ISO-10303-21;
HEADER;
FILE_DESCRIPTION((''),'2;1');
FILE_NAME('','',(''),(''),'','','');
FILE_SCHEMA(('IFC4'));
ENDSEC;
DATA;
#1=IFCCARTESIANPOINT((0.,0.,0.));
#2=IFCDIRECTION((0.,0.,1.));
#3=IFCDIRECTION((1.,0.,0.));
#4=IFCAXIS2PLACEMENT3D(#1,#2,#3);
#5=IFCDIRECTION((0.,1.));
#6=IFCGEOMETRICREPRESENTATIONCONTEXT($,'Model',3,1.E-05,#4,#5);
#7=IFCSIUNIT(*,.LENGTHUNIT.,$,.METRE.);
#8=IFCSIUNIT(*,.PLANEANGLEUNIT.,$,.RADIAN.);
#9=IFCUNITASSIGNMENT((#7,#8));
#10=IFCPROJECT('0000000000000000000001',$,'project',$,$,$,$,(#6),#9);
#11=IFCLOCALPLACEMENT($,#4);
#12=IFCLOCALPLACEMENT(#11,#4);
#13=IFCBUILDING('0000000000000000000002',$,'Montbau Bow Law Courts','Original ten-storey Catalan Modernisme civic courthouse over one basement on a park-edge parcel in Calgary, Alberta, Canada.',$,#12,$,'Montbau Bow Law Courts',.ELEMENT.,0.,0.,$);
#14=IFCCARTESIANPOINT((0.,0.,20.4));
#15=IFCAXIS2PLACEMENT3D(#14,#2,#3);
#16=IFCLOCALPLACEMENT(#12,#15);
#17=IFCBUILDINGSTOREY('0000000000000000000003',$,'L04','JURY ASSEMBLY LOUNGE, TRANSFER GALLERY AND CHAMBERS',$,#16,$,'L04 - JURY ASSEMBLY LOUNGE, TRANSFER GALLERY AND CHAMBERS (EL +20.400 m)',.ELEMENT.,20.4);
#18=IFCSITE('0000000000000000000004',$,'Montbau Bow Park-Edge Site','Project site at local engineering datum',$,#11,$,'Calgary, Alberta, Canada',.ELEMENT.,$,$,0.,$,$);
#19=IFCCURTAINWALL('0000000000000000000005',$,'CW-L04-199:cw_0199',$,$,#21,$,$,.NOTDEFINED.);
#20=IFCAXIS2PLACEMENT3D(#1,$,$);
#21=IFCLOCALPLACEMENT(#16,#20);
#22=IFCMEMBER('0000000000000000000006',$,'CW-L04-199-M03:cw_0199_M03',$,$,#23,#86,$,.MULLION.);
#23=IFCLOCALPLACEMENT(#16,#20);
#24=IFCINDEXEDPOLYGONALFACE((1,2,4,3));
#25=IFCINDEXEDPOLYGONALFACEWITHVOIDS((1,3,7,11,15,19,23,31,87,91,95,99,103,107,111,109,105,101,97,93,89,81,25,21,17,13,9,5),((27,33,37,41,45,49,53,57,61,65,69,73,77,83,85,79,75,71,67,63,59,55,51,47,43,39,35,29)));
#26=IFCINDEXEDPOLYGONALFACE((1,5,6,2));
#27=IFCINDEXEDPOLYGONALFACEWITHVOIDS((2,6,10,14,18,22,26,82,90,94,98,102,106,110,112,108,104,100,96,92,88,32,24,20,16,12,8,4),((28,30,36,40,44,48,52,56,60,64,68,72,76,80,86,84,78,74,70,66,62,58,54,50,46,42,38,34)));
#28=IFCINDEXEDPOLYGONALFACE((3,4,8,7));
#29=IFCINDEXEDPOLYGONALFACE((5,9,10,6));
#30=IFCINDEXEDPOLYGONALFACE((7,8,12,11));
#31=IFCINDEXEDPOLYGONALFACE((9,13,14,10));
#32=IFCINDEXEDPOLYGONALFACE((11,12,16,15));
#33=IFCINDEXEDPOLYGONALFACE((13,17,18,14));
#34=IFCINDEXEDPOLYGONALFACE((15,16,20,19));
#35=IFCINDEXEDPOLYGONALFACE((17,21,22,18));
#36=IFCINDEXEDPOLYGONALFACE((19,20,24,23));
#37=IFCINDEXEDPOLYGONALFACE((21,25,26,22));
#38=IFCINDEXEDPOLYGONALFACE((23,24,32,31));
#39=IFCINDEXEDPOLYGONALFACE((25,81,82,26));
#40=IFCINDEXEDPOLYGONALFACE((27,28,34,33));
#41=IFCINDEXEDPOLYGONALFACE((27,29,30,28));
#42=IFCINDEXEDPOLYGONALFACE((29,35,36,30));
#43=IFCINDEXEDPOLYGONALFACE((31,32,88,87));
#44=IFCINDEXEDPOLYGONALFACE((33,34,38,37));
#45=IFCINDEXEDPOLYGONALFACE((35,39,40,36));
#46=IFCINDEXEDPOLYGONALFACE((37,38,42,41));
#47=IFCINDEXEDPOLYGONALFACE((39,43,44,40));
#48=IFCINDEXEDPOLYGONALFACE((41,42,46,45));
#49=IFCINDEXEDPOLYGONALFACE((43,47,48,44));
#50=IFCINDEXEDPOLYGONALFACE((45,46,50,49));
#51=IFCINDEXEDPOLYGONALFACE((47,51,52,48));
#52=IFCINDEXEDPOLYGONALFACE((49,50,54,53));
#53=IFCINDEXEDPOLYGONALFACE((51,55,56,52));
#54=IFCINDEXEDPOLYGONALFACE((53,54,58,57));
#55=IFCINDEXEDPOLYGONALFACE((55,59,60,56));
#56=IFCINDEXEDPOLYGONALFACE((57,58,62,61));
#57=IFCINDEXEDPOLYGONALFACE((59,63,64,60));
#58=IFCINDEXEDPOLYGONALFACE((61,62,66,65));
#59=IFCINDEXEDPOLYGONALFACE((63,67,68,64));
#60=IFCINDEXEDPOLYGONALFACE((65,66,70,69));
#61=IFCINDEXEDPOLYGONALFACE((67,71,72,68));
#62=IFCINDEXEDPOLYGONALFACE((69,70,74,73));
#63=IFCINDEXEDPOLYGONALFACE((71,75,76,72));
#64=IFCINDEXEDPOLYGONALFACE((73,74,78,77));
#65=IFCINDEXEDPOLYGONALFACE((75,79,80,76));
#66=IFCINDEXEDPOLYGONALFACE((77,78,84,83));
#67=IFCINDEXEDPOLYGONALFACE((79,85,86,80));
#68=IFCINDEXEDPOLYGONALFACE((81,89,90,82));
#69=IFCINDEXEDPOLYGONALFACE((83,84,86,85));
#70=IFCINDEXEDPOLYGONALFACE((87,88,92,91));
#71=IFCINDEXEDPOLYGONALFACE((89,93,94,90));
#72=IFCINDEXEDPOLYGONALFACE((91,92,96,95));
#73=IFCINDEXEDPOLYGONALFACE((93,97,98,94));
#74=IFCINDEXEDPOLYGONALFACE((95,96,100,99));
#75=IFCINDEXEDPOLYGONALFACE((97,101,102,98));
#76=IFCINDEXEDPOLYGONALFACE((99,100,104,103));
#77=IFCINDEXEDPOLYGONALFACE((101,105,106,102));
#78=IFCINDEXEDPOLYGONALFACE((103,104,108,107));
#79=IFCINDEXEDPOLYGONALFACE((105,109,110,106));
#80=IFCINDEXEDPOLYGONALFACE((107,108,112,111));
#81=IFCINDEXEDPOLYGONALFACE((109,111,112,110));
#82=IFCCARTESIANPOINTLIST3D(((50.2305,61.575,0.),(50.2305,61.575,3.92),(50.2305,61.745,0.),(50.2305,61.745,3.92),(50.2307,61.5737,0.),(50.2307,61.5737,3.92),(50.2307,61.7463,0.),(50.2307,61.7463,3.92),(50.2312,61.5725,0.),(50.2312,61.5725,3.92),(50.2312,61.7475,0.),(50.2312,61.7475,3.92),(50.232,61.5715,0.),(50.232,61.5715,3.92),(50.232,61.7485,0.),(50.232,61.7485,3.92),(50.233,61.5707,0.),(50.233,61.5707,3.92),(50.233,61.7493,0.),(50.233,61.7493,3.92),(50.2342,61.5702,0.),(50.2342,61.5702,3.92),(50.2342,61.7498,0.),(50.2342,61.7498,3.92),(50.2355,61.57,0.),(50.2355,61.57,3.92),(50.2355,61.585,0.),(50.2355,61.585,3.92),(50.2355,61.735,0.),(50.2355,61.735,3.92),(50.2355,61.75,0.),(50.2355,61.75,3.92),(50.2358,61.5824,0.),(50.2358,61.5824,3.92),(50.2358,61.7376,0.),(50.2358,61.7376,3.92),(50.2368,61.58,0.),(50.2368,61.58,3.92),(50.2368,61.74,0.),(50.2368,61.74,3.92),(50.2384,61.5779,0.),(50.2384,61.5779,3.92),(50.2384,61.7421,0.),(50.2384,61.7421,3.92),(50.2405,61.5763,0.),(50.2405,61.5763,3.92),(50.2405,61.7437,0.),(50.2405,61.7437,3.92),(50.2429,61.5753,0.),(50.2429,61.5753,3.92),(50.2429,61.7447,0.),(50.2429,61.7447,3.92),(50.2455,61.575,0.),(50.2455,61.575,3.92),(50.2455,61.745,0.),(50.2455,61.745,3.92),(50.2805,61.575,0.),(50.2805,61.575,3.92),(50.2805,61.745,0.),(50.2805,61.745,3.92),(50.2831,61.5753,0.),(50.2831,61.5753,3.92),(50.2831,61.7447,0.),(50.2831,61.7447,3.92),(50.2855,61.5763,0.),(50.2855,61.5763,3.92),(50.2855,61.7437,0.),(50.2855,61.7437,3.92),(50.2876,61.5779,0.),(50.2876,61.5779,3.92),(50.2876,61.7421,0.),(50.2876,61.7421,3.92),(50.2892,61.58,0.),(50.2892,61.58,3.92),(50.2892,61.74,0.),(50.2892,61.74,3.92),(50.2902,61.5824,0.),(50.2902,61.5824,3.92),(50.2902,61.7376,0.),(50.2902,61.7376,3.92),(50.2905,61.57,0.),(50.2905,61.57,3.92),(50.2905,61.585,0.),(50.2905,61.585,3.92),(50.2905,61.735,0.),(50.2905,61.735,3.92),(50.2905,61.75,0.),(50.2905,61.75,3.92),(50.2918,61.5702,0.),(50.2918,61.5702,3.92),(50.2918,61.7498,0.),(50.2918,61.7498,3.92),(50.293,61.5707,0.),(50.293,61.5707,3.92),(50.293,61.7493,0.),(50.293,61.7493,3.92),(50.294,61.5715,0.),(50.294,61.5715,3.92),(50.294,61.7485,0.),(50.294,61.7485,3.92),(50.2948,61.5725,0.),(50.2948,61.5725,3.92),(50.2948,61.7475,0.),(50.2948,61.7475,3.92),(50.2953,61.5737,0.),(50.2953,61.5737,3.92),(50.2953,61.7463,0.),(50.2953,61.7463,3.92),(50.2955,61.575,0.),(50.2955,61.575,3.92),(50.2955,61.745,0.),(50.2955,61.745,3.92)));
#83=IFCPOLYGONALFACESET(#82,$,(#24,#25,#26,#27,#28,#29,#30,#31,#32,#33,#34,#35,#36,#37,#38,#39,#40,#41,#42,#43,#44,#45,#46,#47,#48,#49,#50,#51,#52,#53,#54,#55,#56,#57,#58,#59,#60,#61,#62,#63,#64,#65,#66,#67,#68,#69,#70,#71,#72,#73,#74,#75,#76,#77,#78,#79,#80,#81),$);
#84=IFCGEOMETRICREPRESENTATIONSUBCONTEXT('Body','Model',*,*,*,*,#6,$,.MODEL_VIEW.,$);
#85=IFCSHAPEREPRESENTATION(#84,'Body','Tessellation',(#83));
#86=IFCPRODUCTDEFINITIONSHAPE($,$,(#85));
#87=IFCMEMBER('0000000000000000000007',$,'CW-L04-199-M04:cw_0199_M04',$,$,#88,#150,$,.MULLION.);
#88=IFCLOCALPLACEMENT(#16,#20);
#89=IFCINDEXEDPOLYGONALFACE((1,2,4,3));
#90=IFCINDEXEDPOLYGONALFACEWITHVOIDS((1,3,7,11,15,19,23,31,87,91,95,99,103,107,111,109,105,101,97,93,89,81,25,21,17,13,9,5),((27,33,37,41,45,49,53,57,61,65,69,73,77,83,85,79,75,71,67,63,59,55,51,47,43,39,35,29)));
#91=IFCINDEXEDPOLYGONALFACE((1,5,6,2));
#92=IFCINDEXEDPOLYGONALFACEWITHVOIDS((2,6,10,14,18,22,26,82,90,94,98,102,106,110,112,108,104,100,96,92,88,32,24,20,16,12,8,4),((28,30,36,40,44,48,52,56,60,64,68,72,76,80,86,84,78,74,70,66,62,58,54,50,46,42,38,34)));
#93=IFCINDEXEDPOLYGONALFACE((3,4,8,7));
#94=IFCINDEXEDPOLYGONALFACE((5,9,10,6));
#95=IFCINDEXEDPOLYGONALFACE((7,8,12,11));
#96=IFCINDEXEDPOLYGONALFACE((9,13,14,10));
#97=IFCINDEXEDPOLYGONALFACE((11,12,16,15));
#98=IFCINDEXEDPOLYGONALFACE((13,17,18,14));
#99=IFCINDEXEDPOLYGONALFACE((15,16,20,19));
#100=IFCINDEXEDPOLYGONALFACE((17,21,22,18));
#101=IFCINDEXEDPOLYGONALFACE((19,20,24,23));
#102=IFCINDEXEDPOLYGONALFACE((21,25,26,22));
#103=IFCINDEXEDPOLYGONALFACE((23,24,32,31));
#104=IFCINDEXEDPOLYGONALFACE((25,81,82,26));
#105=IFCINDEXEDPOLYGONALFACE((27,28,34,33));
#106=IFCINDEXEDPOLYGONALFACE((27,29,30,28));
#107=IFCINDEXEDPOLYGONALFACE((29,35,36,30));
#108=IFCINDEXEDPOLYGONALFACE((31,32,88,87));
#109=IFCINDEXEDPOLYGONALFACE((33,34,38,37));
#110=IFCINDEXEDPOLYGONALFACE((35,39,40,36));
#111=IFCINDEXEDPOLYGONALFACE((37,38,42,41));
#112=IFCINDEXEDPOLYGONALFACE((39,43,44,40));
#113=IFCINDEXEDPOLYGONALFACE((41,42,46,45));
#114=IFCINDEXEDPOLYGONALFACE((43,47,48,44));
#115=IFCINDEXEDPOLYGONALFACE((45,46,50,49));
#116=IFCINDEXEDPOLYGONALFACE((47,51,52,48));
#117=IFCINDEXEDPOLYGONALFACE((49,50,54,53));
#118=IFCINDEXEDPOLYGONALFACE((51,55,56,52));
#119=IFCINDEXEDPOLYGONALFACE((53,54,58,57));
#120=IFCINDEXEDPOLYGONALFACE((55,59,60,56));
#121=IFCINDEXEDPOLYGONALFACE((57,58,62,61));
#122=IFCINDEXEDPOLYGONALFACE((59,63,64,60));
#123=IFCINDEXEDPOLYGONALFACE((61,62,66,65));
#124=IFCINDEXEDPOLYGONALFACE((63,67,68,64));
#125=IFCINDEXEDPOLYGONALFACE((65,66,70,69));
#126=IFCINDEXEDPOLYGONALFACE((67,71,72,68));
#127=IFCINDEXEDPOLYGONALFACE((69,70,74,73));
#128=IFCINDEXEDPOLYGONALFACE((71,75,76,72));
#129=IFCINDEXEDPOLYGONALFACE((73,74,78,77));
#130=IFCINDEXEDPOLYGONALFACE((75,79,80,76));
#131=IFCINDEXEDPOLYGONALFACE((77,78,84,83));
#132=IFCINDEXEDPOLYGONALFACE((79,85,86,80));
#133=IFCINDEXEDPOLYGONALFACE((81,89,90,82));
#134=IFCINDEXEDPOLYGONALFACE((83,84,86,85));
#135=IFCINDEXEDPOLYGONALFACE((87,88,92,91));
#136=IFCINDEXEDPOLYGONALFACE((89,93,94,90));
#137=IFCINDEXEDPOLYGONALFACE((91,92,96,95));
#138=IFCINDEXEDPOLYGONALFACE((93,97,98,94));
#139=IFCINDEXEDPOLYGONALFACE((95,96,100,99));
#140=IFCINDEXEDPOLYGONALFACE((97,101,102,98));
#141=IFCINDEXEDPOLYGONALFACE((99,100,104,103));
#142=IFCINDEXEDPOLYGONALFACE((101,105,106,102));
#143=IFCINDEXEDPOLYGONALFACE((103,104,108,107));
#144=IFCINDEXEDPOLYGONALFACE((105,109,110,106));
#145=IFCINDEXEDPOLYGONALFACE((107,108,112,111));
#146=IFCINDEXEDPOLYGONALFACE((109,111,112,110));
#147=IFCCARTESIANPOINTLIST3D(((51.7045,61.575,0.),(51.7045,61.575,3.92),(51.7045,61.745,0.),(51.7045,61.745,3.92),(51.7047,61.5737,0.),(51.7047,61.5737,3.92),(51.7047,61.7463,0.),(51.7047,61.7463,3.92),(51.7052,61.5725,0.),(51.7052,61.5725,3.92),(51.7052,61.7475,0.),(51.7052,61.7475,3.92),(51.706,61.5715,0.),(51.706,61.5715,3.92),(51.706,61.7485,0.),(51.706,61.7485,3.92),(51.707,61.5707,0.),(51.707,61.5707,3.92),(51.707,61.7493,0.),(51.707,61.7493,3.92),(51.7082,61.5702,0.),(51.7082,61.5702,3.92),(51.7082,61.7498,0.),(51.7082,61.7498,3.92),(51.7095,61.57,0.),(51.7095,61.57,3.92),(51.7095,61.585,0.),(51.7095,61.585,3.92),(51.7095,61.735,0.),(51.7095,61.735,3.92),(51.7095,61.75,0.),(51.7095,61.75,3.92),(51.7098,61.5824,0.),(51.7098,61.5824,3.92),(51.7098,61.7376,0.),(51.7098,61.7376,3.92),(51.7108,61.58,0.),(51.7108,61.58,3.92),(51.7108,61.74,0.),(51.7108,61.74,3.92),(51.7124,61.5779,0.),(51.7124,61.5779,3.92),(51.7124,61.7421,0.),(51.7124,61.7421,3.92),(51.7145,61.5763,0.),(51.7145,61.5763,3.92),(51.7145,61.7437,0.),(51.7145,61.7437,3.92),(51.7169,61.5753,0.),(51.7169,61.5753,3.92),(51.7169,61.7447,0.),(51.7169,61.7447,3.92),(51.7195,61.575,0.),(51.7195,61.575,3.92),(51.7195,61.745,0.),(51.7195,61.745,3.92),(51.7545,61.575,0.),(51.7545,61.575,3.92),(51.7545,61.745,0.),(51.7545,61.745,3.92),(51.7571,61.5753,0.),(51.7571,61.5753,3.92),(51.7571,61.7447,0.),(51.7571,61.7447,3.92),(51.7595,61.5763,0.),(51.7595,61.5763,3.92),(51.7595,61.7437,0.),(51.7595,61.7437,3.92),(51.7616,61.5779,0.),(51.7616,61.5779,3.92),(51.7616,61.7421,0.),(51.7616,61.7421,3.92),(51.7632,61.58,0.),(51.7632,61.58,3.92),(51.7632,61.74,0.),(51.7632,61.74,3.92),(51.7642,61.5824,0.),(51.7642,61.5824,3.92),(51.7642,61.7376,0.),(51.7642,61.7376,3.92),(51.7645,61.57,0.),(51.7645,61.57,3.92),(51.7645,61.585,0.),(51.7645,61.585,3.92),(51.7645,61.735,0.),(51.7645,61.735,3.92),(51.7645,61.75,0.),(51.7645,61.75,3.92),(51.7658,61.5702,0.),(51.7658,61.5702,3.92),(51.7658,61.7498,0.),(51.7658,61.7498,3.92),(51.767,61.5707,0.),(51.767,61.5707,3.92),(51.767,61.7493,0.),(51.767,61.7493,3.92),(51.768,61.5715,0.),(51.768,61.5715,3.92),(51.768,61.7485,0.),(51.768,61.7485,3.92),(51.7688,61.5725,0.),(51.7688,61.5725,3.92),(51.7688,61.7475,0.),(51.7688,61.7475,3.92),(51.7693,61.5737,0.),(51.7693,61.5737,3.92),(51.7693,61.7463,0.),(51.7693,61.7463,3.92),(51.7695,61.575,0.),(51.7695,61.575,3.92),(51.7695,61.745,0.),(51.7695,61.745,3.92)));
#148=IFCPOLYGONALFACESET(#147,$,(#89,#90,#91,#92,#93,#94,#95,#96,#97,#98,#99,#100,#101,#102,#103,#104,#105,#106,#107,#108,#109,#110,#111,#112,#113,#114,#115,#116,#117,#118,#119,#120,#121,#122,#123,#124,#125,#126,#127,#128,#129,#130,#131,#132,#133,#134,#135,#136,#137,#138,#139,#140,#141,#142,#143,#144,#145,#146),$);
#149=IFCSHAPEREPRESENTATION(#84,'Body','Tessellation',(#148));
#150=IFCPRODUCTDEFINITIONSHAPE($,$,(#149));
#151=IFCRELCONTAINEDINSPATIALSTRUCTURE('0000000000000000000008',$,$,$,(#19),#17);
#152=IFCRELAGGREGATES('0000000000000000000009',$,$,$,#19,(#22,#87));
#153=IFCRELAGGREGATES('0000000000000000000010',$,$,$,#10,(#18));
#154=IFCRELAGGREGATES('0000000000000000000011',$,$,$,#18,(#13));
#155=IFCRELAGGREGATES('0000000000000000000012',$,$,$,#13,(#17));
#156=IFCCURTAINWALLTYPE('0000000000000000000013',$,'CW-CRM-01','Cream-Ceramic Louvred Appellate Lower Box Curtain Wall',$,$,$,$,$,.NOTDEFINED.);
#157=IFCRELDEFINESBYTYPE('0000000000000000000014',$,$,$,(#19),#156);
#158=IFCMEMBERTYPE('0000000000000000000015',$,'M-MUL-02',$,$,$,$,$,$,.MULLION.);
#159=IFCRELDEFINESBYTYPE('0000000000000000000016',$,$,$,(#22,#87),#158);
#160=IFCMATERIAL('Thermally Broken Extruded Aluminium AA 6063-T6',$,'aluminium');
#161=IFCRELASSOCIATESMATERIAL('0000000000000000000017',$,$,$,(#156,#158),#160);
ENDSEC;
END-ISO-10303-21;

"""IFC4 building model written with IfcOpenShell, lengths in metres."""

from ifc_helpers import new_model, si_unit, direction, frame, origin_with_axes, origin_2d_with_axis, place, context, subcontext, project, spatial, hollow_rectangle, extrude, material, material_profile, profile_set, type_object, element, aggregate, save


model = new_model("IFC4")

# Units and contexts
model_context = context("Model", 3, precision=1e-05, world=origin_with_axes(), true_north=direction((0.0, 1.0)))
body_context = subcontext(model_context, "Body", "Model", "MODEL_VIEW")
ifc_project = project(units=[si_unit("LENGTHUNIT", "METRE"), si_unit("PLANEANGLEUNIT", "RADIAN")], contexts=[model_context])

# Site, building, storey
site_placement = place(None, origin_with_axes())
site = spatial("IfcSite", under=ifc_project, at=site_placement, Name="Montbau Bow Park-Edge Site", Description="Project site at local engineering datum", LongName="Calgary, Alberta, Canada", CompositionType="ELEMENT", RefElevation=0.0)
building_placement = place(site_placement, origin_with_axes())
building = spatial("IfcBuilding", under=site, at=building_placement, Name="Montbau Bow Law Courts", Description="Original ten-storey Catalan Modernisme civic courthouse over one basement on a park-edge parcel in Calgary, Alberta, Canada.", LongName="Montbau Bow Law Courts", CompositionType="ELEMENT", ElevationOfRefHeight=0.0, ElevationOfTerrain=0.0)
storey_placement = place(building_placement, frame((0.0, 0.0, 20.4), z_axis=(0.0, 0.0, 1.0), x_axis=(1.0, 0.0, 0.0)))
storey = spatial("IfcBuildingStorey", under=building, at=storey_placement, Name="L04", Description="JURY ASSEMBLY LOUNGE, TRANSFER GALLERY AND CHAMBERS", LongName="L04 - JURY ASSEMBLY LOUNGE, TRANSFER GALLERY AND CHAMBERS (EL +20.400 m)", CompositionType="ELEMENT", Elevation=20.4)

# Curtain wall, members
ifc_material_1 = material(Name="Thermally Broken Extruded Aluminium AA 6063-T6", Category="aluminium")
curtain_wall_type = type_object("IfcCurtainWallType", Name="CW-CRM-01", Description="Cream-Ceramic Louvred Appellate Lower Box Curtain Wall", PredefinedType="NOTDEFINED", material=ifc_material_1)
curtain_wall_placement = place(None, frame((47.315, 61.66, 20.4), z_axis=(0.0, 0.0, 1.0), x_axis=(1.0, 0.0, 0.0)))
curtain_wall = element("IfcCurtainWall", 1, at=curtain_wall_placement, inside=storey, type_object=curtain_wall_type, Name="CW-L04-199:cw_0199", PredefinedType="NOTDEFINED")
ifc_material_profile_1 = material_profile(ifc_material_1, hollow_rectangle(XDim=0.065, YDim=0.18, WallThickness=0.005, InnerFilletRadius=0.01, OuterFilletRadius=0.005, at=origin_2d_with_axis()), Name="CWM-180X65", Category="Main", Priority=0)
ifc_profile_set_1 = profile_set([ifc_material_profile_1], Name="Thermally Broken Extruded Aluminium AA 6063-T6")
member_type_1 = type_object("IfcMemberType", Name="M-MUL-02", PredefinedType="MULLION", material=ifc_profile_set_1)
member_1_placement = place(None, frame((50.263, 61.66, 20.4), z_axis=(0.0, 0.0, 1.0), x_axis=(1.0, 0.0, 0.0)))
member_1 = element("IfcMember", 2, at=member_1_placement, type_object=member_type_1, Name="CW-L04-199-M03:cw_0199_M03", PredefinedType="MULLION", context=body_context, shape_type="SweptSolid", body=[
    extrude(hollow_rectangle(XDim=0.065, YDim=0.18, WallThickness=0.005, InnerFilletRadius=0.01, OuterFilletRadius=0.005, at=origin_2d_with_axis()), origin_with_axes(), (0.0, 0.0, 1.0), 3.92),
])
member_2_placement = place(None, frame((51.737, 61.66, 20.4), z_axis=(0.0, 0.0, 1.0), x_axis=(1.0, 0.0, 0.0)))
member_2 = element("IfcMember", 3, at=member_2_placement, type_object=member_type_1, Name="CW-L04-199-M04:cw_0199_M04", PredefinedType="MULLION", context=body_context, shape_type="SweptSolid", body=[
    extrude(hollow_rectangle(XDim=0.065, YDim=0.18, WallThickness=0.005, InnerFilletRadius=0.01, OuterFilletRadius=0.005, at=origin_2d_with_axis()), origin_with_axes(), (0.0, 0.0, 1.0), 3.92),
])
aggregate(curtain_wall, [member_1, member_2])

save(model, "model.ifc")
